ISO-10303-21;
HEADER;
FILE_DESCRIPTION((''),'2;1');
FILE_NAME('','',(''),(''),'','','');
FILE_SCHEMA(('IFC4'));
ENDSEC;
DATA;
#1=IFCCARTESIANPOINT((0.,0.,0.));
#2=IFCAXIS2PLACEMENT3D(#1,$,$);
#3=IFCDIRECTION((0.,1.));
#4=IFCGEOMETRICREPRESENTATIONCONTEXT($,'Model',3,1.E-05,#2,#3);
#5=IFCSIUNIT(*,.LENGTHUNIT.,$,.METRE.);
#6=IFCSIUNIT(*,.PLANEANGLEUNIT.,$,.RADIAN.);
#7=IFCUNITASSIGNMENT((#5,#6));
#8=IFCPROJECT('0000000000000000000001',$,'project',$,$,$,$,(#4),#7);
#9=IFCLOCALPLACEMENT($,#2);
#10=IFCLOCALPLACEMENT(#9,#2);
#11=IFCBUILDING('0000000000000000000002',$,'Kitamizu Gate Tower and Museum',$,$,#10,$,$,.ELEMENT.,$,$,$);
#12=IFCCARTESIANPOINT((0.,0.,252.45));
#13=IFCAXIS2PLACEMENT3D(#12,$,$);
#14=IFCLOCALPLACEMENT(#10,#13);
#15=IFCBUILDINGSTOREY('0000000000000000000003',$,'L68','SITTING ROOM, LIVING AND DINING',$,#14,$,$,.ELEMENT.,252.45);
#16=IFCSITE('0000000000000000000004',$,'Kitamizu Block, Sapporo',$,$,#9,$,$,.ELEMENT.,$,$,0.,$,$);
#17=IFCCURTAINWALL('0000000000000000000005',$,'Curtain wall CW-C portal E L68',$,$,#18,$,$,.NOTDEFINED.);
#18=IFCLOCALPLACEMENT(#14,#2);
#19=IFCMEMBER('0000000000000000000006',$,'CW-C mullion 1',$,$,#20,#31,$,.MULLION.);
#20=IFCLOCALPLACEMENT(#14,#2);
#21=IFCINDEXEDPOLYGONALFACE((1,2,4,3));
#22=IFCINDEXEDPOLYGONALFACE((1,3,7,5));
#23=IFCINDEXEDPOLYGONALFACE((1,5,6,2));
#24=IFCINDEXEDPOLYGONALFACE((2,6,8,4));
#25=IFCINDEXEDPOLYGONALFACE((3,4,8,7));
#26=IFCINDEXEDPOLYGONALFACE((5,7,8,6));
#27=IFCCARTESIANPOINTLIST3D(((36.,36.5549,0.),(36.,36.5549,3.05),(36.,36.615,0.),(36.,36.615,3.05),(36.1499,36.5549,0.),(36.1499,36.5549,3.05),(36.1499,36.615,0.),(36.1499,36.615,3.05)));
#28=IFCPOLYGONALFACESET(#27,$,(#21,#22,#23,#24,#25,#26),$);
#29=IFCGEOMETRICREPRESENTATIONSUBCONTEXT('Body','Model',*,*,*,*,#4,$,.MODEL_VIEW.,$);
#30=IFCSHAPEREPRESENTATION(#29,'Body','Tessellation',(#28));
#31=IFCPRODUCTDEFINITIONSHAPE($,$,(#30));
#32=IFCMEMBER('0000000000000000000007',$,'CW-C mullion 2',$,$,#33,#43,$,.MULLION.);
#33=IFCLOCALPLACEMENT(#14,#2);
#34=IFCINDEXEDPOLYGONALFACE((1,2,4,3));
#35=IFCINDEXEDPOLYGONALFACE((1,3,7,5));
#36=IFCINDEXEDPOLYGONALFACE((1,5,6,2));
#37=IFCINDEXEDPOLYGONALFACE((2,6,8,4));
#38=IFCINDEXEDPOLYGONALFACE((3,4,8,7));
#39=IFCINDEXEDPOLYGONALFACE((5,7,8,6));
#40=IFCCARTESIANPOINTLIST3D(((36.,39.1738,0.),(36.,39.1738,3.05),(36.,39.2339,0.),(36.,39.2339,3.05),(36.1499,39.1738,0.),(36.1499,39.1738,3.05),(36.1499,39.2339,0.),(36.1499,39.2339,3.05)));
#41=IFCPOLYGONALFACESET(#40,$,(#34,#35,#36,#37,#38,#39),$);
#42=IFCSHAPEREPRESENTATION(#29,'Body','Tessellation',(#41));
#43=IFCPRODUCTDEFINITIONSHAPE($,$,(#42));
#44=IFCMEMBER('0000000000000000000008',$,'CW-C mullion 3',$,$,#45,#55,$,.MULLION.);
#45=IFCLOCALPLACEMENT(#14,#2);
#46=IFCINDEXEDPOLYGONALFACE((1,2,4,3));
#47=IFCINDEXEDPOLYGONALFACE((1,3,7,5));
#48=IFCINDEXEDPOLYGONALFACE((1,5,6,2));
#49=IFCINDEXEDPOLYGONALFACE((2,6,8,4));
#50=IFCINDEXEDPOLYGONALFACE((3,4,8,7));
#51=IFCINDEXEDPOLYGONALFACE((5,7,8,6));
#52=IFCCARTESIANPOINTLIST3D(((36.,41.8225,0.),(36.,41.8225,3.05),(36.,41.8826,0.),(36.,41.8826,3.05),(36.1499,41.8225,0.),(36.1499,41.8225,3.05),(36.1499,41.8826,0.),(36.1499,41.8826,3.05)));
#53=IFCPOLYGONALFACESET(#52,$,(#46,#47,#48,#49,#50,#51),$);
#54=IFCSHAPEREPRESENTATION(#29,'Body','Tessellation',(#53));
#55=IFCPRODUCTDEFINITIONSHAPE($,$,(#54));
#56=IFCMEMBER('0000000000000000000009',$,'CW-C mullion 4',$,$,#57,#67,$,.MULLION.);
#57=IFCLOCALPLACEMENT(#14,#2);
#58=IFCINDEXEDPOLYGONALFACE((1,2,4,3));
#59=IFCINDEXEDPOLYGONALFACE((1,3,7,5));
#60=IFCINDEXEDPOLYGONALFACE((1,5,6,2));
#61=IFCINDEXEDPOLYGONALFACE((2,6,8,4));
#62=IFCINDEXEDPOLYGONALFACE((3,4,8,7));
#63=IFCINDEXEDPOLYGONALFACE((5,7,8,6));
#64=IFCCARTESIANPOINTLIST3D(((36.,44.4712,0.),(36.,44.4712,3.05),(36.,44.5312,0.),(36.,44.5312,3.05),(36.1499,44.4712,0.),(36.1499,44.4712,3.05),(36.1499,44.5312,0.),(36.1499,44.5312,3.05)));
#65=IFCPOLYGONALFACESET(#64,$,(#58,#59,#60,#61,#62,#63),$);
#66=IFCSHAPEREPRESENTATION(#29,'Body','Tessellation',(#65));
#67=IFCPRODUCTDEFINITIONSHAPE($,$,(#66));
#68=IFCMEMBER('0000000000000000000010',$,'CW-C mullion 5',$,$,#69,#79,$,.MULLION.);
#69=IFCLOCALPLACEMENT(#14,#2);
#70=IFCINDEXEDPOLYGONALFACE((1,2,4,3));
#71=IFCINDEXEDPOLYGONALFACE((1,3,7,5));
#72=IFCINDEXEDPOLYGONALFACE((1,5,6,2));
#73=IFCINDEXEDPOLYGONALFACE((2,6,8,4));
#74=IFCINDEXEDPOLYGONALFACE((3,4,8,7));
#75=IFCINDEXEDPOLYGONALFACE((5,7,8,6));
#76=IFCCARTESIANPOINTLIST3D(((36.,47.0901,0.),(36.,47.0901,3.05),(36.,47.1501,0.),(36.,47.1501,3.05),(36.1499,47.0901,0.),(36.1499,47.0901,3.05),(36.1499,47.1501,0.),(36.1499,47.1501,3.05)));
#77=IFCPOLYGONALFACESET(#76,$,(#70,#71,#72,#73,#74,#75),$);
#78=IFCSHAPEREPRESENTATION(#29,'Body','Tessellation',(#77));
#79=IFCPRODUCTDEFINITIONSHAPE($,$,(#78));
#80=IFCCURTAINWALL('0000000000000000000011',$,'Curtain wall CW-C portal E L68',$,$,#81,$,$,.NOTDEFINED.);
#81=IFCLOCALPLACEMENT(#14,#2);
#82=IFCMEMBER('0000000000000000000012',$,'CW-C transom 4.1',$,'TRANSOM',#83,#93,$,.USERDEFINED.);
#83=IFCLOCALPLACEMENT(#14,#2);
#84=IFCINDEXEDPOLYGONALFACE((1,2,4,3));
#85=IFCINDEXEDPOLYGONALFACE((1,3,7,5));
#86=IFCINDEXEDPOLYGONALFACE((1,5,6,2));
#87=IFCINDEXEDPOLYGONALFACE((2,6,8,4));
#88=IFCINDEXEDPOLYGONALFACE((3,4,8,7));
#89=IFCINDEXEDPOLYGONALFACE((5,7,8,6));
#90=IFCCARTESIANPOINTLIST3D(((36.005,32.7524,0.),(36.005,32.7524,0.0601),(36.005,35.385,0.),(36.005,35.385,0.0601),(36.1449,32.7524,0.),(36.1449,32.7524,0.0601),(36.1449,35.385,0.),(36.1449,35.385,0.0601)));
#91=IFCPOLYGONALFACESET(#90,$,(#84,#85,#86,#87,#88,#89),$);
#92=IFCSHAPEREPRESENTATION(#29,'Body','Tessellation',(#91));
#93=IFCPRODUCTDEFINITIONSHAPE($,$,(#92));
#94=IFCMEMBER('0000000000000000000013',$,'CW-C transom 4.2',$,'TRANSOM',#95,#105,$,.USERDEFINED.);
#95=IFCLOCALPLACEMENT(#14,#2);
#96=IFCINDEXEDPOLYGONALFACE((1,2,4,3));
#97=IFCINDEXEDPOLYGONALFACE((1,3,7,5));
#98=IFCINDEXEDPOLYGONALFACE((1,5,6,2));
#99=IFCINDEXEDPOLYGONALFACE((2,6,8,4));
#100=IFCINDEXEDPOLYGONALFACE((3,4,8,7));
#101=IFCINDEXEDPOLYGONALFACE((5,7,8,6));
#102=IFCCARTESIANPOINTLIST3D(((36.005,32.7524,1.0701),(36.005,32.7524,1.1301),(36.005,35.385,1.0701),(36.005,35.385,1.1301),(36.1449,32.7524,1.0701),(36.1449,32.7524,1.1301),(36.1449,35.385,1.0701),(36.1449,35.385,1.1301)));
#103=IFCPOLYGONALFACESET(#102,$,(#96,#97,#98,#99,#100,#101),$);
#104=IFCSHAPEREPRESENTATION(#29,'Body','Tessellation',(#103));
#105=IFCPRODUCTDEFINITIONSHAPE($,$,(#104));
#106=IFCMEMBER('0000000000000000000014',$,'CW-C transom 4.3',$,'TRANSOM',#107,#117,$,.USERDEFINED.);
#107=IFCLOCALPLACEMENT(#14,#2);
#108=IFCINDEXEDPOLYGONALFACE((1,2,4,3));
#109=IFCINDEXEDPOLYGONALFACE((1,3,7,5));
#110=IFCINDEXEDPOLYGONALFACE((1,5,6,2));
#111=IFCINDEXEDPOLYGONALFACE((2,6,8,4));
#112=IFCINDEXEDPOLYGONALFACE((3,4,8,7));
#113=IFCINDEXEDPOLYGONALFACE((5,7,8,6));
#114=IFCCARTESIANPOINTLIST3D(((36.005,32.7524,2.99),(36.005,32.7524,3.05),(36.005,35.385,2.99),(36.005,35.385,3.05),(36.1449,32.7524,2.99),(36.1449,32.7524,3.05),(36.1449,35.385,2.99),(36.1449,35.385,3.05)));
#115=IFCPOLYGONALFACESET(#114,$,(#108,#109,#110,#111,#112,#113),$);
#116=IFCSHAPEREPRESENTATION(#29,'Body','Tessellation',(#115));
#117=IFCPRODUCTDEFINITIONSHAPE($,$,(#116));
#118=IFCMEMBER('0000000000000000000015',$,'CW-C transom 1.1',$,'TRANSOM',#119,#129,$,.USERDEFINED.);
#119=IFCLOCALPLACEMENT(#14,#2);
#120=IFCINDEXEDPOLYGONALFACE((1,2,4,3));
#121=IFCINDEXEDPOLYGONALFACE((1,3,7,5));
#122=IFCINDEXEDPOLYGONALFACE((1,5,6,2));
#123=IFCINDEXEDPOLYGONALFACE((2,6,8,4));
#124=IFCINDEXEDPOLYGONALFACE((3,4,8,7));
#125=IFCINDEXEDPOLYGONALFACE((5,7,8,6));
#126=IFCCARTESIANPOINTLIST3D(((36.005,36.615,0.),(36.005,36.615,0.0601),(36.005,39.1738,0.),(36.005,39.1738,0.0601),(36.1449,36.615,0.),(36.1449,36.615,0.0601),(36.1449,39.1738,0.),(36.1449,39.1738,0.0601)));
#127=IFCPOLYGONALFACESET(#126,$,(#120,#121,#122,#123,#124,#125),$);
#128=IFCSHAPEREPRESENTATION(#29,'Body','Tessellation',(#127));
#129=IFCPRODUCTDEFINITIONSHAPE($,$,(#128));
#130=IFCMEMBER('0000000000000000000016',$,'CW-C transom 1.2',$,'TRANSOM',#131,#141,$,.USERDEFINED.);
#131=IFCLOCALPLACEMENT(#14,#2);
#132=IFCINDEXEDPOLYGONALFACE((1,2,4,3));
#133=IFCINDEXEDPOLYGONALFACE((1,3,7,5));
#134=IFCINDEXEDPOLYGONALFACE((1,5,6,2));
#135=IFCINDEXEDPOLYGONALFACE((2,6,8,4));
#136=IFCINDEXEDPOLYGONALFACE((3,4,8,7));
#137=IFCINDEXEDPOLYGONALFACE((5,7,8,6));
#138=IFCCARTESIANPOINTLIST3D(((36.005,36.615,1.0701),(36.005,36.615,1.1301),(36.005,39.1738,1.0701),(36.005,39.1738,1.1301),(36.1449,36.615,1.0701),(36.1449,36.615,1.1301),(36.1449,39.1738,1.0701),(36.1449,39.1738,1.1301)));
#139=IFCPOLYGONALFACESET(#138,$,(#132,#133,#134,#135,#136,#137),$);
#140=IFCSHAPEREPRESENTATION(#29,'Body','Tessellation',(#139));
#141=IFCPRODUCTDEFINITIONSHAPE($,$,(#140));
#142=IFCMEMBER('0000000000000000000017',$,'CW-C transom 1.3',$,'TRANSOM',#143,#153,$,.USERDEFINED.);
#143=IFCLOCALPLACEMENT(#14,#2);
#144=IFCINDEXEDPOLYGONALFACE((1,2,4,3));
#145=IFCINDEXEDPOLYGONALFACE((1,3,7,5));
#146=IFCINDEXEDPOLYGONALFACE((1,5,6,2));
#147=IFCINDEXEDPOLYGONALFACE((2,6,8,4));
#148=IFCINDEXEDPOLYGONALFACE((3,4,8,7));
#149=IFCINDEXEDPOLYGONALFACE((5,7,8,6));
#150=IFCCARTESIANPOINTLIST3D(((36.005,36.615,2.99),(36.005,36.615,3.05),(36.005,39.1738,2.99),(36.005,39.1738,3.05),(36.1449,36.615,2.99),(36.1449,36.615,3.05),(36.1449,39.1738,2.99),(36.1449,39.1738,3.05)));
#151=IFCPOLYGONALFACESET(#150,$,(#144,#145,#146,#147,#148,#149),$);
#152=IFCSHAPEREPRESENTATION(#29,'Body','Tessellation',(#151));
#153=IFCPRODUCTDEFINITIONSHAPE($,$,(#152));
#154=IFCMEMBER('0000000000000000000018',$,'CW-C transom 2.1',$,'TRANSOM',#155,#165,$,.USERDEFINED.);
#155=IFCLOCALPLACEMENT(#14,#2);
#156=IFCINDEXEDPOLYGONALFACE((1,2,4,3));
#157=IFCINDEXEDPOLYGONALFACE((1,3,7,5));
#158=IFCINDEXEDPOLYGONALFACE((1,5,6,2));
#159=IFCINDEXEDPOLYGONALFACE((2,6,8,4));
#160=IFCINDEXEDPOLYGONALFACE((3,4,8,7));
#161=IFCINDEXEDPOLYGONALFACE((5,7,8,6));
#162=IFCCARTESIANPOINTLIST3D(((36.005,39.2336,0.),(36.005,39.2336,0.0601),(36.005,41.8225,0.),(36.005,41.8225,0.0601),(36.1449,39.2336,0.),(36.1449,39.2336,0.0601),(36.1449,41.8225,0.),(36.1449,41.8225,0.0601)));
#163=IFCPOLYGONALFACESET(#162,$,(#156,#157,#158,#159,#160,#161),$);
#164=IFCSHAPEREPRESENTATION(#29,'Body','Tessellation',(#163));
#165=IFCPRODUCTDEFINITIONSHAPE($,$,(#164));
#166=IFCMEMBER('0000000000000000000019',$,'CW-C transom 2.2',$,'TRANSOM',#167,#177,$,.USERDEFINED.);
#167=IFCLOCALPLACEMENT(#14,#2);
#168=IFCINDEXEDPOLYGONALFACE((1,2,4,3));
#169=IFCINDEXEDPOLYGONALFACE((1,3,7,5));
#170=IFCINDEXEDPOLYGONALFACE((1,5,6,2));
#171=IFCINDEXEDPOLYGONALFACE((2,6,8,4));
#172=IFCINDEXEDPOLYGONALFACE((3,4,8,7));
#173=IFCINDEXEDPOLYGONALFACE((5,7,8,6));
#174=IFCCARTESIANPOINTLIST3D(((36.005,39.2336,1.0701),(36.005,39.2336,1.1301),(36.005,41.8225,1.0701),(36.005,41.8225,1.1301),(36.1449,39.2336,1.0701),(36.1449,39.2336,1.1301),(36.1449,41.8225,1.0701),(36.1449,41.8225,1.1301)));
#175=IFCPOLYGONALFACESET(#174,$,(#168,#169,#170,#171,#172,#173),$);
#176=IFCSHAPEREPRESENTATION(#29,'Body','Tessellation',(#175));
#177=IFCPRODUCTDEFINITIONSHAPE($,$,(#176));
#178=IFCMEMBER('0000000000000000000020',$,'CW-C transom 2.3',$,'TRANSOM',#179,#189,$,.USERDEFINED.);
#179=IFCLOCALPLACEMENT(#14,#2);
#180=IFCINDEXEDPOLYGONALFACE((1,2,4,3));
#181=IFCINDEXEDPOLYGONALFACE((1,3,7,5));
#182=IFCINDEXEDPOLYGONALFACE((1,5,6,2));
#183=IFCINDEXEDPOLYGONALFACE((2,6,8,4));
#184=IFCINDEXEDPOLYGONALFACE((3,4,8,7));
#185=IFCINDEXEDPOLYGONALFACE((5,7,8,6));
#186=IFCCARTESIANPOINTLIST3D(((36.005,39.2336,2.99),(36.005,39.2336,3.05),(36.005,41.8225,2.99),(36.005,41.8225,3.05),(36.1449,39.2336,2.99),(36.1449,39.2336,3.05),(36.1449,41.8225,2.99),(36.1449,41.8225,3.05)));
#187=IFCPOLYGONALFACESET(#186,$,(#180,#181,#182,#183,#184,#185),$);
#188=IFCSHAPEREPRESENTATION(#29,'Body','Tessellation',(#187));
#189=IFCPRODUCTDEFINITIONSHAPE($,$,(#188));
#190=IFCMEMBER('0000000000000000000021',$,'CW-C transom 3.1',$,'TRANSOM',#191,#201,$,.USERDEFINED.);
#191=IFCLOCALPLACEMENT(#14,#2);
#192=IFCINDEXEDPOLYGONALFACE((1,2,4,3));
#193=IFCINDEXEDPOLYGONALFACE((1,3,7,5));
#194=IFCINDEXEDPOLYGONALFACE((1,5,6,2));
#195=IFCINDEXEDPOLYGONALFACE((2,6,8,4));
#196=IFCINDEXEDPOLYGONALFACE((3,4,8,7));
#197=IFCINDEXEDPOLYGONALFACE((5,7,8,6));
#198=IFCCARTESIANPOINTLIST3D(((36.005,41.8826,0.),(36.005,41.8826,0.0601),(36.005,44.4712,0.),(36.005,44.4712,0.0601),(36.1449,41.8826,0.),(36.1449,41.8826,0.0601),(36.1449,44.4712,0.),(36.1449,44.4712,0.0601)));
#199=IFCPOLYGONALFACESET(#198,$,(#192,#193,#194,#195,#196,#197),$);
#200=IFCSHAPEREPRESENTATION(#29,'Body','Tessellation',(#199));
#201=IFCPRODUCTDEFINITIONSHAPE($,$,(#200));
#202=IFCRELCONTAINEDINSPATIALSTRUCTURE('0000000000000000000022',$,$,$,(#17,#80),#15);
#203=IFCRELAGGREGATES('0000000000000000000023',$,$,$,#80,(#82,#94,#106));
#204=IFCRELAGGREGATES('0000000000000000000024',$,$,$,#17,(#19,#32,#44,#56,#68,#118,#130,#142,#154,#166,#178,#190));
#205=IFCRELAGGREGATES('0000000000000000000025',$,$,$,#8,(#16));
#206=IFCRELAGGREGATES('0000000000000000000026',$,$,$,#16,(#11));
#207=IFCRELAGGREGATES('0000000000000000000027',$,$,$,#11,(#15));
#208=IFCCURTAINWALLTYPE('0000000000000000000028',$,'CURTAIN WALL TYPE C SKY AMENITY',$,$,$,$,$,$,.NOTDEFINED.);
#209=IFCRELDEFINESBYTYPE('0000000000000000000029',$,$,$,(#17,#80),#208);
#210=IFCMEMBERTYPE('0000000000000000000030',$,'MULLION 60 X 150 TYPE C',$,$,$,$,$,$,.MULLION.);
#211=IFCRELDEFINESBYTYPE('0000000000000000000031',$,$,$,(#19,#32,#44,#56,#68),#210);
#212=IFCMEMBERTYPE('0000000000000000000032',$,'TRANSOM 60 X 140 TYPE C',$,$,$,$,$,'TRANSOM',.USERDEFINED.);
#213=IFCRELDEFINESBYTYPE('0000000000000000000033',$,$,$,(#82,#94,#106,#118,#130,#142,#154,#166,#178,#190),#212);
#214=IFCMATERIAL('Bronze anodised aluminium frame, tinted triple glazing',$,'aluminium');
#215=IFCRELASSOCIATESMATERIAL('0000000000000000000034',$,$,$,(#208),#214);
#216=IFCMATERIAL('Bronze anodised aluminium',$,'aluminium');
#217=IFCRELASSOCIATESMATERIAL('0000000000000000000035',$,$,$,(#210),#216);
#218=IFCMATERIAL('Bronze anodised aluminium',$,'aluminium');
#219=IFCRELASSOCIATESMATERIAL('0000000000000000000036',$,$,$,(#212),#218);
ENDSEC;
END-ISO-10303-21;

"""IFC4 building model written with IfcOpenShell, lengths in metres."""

from ifc_helpers import new_model, si_unit, direction, frame, origin, origin_2d, place, context, subcontext, project, spatial, rectangle, extrude, material, material_profile, profile_set, type_object, element, aggregate, save


model = new_model("IFC4")

# Units and contexts
model_context = context("Model", 3, precision=1e-05, world=origin(), true_north=direction((0.0, 1.0)))
body_context = subcontext(model_context, "Body", "Model", "MODEL_VIEW")
ifc_project = project(units=[si_unit("LENGTHUNIT", "METRE"), si_unit("PLANEANGLEUNIT", "RADIAN")], contexts=[model_context])

# Site, building, storey
site_placement = place(None, origin())
site = spatial("IfcSite", under=ifc_project, at=site_placement, Name="Kitamizu Block, Sapporo", CompositionType="ELEMENT", RefElevation=0.0)
building_placement = place(site_placement, origin())
building = spatial("IfcBuilding", under=site, at=building_placement, Name="Kitamizu Gate Tower and Museum", CompositionType="ELEMENT")
storey_placement = place(building_placement, frame((0.0, 0.0, 252.45)))
storey = spatial("IfcBuildingStorey", under=building, at=storey_placement, Name="L68", Description="SITTING ROOM, LIVING AND DINING", CompositionType="ELEMENT", Elevation=252.45)

# Curtain walls, members
ifc_material_1 = material(Name="Bronze anodised aluminium frame, tinted triple glazing", Category="aluminium")
curtain_wall_type = type_object("IfcCurtainWallType", Name="CURTAIN WALL TYPE C SKY AMENITY", PredefinedType="NOTDEFINED", material=ifc_material_1)
curtain_wall_1_placement = place(storey_placement, origin())
curtain_wall_1 = element("IfcCurtainWall", 1, at=curtain_wall_1_placement, inside=storey, type_object=curtain_wall_type, Name="Curtain wall CW-C portal E L68", PredefinedType="NOTDEFINED")
ifc_material_2 = material(Name="Bronze anodised aluminium", Category="aluminium")
ifc_material_profile_1 = material_profile(ifc_material_2, rectangle(XDim=0.0601, YDim=0.1499, at=origin_2d()), Name="AL 60X150")
ifc_profile_set_1 = profile_set([ifc_material_profile_1], Name="Bronze anodised aluminium")
member_type_1 = type_object("IfcMemberType", Name="MULLION 60 X 150 TYPE C", PredefinedType="MULLION", material=ifc_profile_set_1)
member_1_placement = place(storey_placement, frame((36.075, 36.585, 0.0), z_axis=(0.0, 0.0, 1.0), x_axis=(0.0, 1.0, 0.0)))
member_1 = element("IfcMember", 2, at=member_1_placement, type_object=member_type_1, Name="CW-C mullion 1", PredefinedType="MULLION", context=body_context, shape_type="SweptSolid", body=[
    extrude(rectangle(XDim=0.0601, YDim=0.1499, at=origin_2d()), origin(), (0.0, 0.0, 1.0), 3.05),
])
member_2_placement = place(storey_placement, frame((36.075, 39.2039, 0.0), z_axis=(0.0, 0.0, 1.0), x_axis=(0.0, 1.0, 0.0)))
member_2 = element("IfcMember", 3, at=member_2_placement, type_object=member_type_1, Name="CW-C mullion 2", PredefinedType="MULLION", context=body_context, shape_type="SweptSolid", body=[
    extrude(rectangle(XDim=0.0601, YDim=0.1499, at=origin_2d()), origin(), (0.0, 0.0, 1.0), 3.05),
])
member_3_placement = place(storey_placement, frame((36.075, 41.8525, 0.0), z_axis=(0.0, 0.0, 1.0), x_axis=(0.0, 1.0, 0.0)))
member_3 = element("IfcMember", 4, at=member_3_placement, type_object=member_type_1, Name="CW-C mullion 3", PredefinedType="MULLION", context=body_context, shape_type="SweptSolid", body=[
    extrude(rectangle(XDim=0.0601, YDim=0.1499, at=origin_2d()), origin(), (0.0, 0.0, 1.0), 3.05),
])
member_4_placement = place(storey_placement, frame((36.075, 44.5012, 0.0), z_axis=(0.0, 0.0, 1.0), x_axis=(0.0, 1.0, 0.0)))
member_4 = element("IfcMember", 5, at=member_4_placement, type_object=member_type_1, Name="CW-C mullion 4", PredefinedType="MULLION", context=body_context, shape_type="SweptSolid", body=[
    extrude(rectangle(XDim=0.0601, YDim=0.1499, at=origin_2d()), origin(), (0.0, 0.0, 1.0), 3.05),
])
member_5_placement = place(storey_placement, frame((36.075, 47.1201, 0.0), z_axis=(0.0, 0.0, 1.0), x_axis=(0.0, 1.0, 0.0)))
member_5 = element("IfcMember", 6, at=member_5_placement, type_object=member_type_1, Name="CW-C mullion 5", PredefinedType="MULLION", context=body_context, shape_type="SweptSolid", body=[
    extrude(rectangle(XDim=0.0601, YDim=0.1499, at=origin_2d()), origin(), (0.0, 0.0, 1.0), 3.05),
])
curtain_wall_2_placement = place(storey_placement, origin())
curtain_wall_2 = element("IfcCurtainWall", 7, at=curtain_wall_2_placement, inside=storey, type_object=curtain_wall_type, Name="Curtain wall CW-C portal E L68", PredefinedType="NOTDEFINED")
ifc_material_3 = material(Name="Bronze anodised aluminium", Category="aluminium")
ifc_material_profile_2 = material_profile(ifc_material_3, rectangle(XDim=0.1399, YDim=0.0601, at=origin_2d()), Name="AL 60X140")
ifc_profile_set_2 = profile_set([ifc_material_profile_2], Name="Bronze anodised aluminium")
member_type_2 = type_object("IfcMemberType", Name="TRANSOM 60 X 140 TYPE C", ElementType="TRANSOM", PredefinedType="USERDEFINED", material=ifc_profile_set_2)
member_6_placement = place(storey_placement, frame((36.075, 32.7524, 0.03), z_axis=(0.0, 1.0, 0.0), x_axis=(-1.0, 0.0, 0.0)))
member_6 = element("IfcMember", 8, at=member_6_placement, type_object=member_type_2, Name="CW-C transom 4.1", ObjectType="TRANSOM", PredefinedType="USERDEFINED", context=body_context, shape_type="SweptSolid", body=[
    extrude(rectangle(XDim=0.1399, YDim=0.0601, at=origin_2d()), origin(), (0.0, 0.0, 1.0), 2.6326),
])
member_7_placement = place(storey_placement, frame((36.075, 32.7524, 1.1001), z_axis=(0.0, 1.0, 0.0), x_axis=(-1.0, 0.0, 0.0)))
member_7 = element("IfcMember", 9, at=member_7_placement, type_object=member_type_2, Name="CW-C transom 4.2", ObjectType="TRANSOM", PredefinedType="USERDEFINED", context=body_context, shape_type="SweptSolid", body=[
    extrude(rectangle(XDim=0.1399, YDim=0.0601, at=origin_2d()), origin(), (0.0, 0.0, 1.0), 2.6326),
])
member_8_placement = place(storey_placement, frame((36.075, 32.7524, 3.02), z_axis=(0.0, 1.0, 0.0), x_axis=(-1.0, 0.0, 0.0)))
member_8 = element("IfcMember", 10, at=member_8_placement, type_object=member_type_2, Name="CW-C transom 4.3", ObjectType="TRANSOM", PredefinedType="USERDEFINED", context=body_context, shape_type="SweptSolid", body=[
    extrude(rectangle(XDim=0.1399, YDim=0.0601, at=origin_2d()), origin(), (0.0, 0.0, 1.0), 2.6326),
])

# Members
member_9_placement = place(storey_placement, frame((36.075, 36.615, 0.03), z_axis=(0.0, 1.0, 0.0), x_axis=(-1.0, 0.0, 0.0)))
member_9 = element("IfcMember", 11, at=member_9_placement, type_object=member_type_2, Name="CW-C transom 1.1", ObjectType="TRANSOM", PredefinedType="USERDEFINED", context=body_context, shape_type="SweptSolid", body=[
    extrude(rectangle(XDim=0.1399, YDim=0.0601, at=origin_2d()), origin(), (0.0, 0.0, 1.0), 2.5588),
])
member_10_placement = place(storey_placement, frame((36.075, 36.615, 1.1001), z_axis=(0.0, 1.0, 0.0), x_axis=(-1.0, 0.0, 0.0)))
member_10 = element("IfcMember", 12, at=member_10_placement, type_object=member_type_2, Name="CW-C transom 1.2", ObjectType="TRANSOM", PredefinedType="USERDEFINED", context=body_context, shape_type="SweptSolid", body=[
    extrude(rectangle(XDim=0.1399, YDim=0.0601, at=origin_2d()), origin(), (0.0, 0.0, 1.0), 2.5588),
])
member_11_placement = place(storey_placement, frame((36.075, 36.615, 3.02), z_axis=(0.0, 1.0, 0.0), x_axis=(-1.0, 0.0, 0.0)))
member_11 = element("IfcMember", 13, at=member_11_placement, type_object=member_type_2, Name="CW-C transom 1.3", ObjectType="TRANSOM", PredefinedType="USERDEFINED", context=body_context, shape_type="SweptSolid", body=[
    extrude(rectangle(XDim=0.1399, YDim=0.0601, at=origin_2d()), origin(), (0.0, 0.0, 1.0), 2.5588),
])
member_12_placement = place(storey_placement, frame((36.075, 39.2336, 0.03), z_axis=(0.0, 1.0, 0.0), x_axis=(-1.0, 0.0, 0.0)))
member_12 = element("IfcMember", 14, at=member_12_placement, type_object=member_type_2, Name="CW-C transom 2.1", ObjectType="TRANSOM", PredefinedType="USERDEFINED", context=body_context, shape_type="SweptSolid", body=[
    extrude(rectangle(XDim=0.1399, YDim=0.0601, at=origin_2d()), origin(), (0.0, 0.0, 1.0), 2.5889),
])
member_13_placement = place(storey_placement, frame((36.075, 39.2336, 1.1001), z_axis=(0.0, 1.0, 0.0), x_axis=(-1.0, 0.0, 0.0)))
member_13 = element("IfcMember", 15, at=member_13_placement, type_object=member_type_2, Name="CW-C transom 2.2", ObjectType="TRANSOM", PredefinedType="USERDEFINED", context=body_context, shape_type="SweptSolid", body=[
    extrude(rectangle(XDim=0.1399, YDim=0.0601, at=origin_2d()), origin(), (0.0, 0.0, 1.0), 2.5889),
])
member_14_placement = place(storey_placement, frame((36.075, 39.2336, 3.02), z_axis=(0.0, 1.0, 0.0), x_axis=(-1.0, 0.0, 0.0)))
member_14 = element("IfcMember", 16, at=member_14_placement, type_object=member_type_2, Name="CW-C transom 2.3", ObjectType="TRANSOM", PredefinedType="USERDEFINED", context=body_context, shape_type="SweptSolid", body=[
    extrude(rectangle(XDim=0.1399, YDim=0.0601, at=origin_2d()), origin(), (0.0, 0.0, 1.0), 2.5889),
])
member_15_placement = place(storey_placement, frame((36.075, 41.8826, 0.03), z_axis=(0.0, 1.0, 0.0), x_axis=(-1.0, 0.0, 0.0)))
member_15 = element("IfcMember", 17, at=member_15_placement, type_object=member_type_2, Name="CW-C transom 3.1", ObjectType="TRANSOM", PredefinedType="USERDEFINED", context=body_context, shape_type="SweptSolid", body=[
    extrude(rectangle(XDim=0.1399, YDim=0.0601, at=origin_2d()), origin(), (0.0, 0.0, 1.0), 2.5886),
])

aggregate(curtain_wall_2, [member_6, member_7, member_8])
aggregate(curtain_wall_1, [member_1, member_2, member_3, member_4, member_5, member_9, member_10, member_11, member_12, member_13, member_14, member_15])

save(model, "model.ifc")
